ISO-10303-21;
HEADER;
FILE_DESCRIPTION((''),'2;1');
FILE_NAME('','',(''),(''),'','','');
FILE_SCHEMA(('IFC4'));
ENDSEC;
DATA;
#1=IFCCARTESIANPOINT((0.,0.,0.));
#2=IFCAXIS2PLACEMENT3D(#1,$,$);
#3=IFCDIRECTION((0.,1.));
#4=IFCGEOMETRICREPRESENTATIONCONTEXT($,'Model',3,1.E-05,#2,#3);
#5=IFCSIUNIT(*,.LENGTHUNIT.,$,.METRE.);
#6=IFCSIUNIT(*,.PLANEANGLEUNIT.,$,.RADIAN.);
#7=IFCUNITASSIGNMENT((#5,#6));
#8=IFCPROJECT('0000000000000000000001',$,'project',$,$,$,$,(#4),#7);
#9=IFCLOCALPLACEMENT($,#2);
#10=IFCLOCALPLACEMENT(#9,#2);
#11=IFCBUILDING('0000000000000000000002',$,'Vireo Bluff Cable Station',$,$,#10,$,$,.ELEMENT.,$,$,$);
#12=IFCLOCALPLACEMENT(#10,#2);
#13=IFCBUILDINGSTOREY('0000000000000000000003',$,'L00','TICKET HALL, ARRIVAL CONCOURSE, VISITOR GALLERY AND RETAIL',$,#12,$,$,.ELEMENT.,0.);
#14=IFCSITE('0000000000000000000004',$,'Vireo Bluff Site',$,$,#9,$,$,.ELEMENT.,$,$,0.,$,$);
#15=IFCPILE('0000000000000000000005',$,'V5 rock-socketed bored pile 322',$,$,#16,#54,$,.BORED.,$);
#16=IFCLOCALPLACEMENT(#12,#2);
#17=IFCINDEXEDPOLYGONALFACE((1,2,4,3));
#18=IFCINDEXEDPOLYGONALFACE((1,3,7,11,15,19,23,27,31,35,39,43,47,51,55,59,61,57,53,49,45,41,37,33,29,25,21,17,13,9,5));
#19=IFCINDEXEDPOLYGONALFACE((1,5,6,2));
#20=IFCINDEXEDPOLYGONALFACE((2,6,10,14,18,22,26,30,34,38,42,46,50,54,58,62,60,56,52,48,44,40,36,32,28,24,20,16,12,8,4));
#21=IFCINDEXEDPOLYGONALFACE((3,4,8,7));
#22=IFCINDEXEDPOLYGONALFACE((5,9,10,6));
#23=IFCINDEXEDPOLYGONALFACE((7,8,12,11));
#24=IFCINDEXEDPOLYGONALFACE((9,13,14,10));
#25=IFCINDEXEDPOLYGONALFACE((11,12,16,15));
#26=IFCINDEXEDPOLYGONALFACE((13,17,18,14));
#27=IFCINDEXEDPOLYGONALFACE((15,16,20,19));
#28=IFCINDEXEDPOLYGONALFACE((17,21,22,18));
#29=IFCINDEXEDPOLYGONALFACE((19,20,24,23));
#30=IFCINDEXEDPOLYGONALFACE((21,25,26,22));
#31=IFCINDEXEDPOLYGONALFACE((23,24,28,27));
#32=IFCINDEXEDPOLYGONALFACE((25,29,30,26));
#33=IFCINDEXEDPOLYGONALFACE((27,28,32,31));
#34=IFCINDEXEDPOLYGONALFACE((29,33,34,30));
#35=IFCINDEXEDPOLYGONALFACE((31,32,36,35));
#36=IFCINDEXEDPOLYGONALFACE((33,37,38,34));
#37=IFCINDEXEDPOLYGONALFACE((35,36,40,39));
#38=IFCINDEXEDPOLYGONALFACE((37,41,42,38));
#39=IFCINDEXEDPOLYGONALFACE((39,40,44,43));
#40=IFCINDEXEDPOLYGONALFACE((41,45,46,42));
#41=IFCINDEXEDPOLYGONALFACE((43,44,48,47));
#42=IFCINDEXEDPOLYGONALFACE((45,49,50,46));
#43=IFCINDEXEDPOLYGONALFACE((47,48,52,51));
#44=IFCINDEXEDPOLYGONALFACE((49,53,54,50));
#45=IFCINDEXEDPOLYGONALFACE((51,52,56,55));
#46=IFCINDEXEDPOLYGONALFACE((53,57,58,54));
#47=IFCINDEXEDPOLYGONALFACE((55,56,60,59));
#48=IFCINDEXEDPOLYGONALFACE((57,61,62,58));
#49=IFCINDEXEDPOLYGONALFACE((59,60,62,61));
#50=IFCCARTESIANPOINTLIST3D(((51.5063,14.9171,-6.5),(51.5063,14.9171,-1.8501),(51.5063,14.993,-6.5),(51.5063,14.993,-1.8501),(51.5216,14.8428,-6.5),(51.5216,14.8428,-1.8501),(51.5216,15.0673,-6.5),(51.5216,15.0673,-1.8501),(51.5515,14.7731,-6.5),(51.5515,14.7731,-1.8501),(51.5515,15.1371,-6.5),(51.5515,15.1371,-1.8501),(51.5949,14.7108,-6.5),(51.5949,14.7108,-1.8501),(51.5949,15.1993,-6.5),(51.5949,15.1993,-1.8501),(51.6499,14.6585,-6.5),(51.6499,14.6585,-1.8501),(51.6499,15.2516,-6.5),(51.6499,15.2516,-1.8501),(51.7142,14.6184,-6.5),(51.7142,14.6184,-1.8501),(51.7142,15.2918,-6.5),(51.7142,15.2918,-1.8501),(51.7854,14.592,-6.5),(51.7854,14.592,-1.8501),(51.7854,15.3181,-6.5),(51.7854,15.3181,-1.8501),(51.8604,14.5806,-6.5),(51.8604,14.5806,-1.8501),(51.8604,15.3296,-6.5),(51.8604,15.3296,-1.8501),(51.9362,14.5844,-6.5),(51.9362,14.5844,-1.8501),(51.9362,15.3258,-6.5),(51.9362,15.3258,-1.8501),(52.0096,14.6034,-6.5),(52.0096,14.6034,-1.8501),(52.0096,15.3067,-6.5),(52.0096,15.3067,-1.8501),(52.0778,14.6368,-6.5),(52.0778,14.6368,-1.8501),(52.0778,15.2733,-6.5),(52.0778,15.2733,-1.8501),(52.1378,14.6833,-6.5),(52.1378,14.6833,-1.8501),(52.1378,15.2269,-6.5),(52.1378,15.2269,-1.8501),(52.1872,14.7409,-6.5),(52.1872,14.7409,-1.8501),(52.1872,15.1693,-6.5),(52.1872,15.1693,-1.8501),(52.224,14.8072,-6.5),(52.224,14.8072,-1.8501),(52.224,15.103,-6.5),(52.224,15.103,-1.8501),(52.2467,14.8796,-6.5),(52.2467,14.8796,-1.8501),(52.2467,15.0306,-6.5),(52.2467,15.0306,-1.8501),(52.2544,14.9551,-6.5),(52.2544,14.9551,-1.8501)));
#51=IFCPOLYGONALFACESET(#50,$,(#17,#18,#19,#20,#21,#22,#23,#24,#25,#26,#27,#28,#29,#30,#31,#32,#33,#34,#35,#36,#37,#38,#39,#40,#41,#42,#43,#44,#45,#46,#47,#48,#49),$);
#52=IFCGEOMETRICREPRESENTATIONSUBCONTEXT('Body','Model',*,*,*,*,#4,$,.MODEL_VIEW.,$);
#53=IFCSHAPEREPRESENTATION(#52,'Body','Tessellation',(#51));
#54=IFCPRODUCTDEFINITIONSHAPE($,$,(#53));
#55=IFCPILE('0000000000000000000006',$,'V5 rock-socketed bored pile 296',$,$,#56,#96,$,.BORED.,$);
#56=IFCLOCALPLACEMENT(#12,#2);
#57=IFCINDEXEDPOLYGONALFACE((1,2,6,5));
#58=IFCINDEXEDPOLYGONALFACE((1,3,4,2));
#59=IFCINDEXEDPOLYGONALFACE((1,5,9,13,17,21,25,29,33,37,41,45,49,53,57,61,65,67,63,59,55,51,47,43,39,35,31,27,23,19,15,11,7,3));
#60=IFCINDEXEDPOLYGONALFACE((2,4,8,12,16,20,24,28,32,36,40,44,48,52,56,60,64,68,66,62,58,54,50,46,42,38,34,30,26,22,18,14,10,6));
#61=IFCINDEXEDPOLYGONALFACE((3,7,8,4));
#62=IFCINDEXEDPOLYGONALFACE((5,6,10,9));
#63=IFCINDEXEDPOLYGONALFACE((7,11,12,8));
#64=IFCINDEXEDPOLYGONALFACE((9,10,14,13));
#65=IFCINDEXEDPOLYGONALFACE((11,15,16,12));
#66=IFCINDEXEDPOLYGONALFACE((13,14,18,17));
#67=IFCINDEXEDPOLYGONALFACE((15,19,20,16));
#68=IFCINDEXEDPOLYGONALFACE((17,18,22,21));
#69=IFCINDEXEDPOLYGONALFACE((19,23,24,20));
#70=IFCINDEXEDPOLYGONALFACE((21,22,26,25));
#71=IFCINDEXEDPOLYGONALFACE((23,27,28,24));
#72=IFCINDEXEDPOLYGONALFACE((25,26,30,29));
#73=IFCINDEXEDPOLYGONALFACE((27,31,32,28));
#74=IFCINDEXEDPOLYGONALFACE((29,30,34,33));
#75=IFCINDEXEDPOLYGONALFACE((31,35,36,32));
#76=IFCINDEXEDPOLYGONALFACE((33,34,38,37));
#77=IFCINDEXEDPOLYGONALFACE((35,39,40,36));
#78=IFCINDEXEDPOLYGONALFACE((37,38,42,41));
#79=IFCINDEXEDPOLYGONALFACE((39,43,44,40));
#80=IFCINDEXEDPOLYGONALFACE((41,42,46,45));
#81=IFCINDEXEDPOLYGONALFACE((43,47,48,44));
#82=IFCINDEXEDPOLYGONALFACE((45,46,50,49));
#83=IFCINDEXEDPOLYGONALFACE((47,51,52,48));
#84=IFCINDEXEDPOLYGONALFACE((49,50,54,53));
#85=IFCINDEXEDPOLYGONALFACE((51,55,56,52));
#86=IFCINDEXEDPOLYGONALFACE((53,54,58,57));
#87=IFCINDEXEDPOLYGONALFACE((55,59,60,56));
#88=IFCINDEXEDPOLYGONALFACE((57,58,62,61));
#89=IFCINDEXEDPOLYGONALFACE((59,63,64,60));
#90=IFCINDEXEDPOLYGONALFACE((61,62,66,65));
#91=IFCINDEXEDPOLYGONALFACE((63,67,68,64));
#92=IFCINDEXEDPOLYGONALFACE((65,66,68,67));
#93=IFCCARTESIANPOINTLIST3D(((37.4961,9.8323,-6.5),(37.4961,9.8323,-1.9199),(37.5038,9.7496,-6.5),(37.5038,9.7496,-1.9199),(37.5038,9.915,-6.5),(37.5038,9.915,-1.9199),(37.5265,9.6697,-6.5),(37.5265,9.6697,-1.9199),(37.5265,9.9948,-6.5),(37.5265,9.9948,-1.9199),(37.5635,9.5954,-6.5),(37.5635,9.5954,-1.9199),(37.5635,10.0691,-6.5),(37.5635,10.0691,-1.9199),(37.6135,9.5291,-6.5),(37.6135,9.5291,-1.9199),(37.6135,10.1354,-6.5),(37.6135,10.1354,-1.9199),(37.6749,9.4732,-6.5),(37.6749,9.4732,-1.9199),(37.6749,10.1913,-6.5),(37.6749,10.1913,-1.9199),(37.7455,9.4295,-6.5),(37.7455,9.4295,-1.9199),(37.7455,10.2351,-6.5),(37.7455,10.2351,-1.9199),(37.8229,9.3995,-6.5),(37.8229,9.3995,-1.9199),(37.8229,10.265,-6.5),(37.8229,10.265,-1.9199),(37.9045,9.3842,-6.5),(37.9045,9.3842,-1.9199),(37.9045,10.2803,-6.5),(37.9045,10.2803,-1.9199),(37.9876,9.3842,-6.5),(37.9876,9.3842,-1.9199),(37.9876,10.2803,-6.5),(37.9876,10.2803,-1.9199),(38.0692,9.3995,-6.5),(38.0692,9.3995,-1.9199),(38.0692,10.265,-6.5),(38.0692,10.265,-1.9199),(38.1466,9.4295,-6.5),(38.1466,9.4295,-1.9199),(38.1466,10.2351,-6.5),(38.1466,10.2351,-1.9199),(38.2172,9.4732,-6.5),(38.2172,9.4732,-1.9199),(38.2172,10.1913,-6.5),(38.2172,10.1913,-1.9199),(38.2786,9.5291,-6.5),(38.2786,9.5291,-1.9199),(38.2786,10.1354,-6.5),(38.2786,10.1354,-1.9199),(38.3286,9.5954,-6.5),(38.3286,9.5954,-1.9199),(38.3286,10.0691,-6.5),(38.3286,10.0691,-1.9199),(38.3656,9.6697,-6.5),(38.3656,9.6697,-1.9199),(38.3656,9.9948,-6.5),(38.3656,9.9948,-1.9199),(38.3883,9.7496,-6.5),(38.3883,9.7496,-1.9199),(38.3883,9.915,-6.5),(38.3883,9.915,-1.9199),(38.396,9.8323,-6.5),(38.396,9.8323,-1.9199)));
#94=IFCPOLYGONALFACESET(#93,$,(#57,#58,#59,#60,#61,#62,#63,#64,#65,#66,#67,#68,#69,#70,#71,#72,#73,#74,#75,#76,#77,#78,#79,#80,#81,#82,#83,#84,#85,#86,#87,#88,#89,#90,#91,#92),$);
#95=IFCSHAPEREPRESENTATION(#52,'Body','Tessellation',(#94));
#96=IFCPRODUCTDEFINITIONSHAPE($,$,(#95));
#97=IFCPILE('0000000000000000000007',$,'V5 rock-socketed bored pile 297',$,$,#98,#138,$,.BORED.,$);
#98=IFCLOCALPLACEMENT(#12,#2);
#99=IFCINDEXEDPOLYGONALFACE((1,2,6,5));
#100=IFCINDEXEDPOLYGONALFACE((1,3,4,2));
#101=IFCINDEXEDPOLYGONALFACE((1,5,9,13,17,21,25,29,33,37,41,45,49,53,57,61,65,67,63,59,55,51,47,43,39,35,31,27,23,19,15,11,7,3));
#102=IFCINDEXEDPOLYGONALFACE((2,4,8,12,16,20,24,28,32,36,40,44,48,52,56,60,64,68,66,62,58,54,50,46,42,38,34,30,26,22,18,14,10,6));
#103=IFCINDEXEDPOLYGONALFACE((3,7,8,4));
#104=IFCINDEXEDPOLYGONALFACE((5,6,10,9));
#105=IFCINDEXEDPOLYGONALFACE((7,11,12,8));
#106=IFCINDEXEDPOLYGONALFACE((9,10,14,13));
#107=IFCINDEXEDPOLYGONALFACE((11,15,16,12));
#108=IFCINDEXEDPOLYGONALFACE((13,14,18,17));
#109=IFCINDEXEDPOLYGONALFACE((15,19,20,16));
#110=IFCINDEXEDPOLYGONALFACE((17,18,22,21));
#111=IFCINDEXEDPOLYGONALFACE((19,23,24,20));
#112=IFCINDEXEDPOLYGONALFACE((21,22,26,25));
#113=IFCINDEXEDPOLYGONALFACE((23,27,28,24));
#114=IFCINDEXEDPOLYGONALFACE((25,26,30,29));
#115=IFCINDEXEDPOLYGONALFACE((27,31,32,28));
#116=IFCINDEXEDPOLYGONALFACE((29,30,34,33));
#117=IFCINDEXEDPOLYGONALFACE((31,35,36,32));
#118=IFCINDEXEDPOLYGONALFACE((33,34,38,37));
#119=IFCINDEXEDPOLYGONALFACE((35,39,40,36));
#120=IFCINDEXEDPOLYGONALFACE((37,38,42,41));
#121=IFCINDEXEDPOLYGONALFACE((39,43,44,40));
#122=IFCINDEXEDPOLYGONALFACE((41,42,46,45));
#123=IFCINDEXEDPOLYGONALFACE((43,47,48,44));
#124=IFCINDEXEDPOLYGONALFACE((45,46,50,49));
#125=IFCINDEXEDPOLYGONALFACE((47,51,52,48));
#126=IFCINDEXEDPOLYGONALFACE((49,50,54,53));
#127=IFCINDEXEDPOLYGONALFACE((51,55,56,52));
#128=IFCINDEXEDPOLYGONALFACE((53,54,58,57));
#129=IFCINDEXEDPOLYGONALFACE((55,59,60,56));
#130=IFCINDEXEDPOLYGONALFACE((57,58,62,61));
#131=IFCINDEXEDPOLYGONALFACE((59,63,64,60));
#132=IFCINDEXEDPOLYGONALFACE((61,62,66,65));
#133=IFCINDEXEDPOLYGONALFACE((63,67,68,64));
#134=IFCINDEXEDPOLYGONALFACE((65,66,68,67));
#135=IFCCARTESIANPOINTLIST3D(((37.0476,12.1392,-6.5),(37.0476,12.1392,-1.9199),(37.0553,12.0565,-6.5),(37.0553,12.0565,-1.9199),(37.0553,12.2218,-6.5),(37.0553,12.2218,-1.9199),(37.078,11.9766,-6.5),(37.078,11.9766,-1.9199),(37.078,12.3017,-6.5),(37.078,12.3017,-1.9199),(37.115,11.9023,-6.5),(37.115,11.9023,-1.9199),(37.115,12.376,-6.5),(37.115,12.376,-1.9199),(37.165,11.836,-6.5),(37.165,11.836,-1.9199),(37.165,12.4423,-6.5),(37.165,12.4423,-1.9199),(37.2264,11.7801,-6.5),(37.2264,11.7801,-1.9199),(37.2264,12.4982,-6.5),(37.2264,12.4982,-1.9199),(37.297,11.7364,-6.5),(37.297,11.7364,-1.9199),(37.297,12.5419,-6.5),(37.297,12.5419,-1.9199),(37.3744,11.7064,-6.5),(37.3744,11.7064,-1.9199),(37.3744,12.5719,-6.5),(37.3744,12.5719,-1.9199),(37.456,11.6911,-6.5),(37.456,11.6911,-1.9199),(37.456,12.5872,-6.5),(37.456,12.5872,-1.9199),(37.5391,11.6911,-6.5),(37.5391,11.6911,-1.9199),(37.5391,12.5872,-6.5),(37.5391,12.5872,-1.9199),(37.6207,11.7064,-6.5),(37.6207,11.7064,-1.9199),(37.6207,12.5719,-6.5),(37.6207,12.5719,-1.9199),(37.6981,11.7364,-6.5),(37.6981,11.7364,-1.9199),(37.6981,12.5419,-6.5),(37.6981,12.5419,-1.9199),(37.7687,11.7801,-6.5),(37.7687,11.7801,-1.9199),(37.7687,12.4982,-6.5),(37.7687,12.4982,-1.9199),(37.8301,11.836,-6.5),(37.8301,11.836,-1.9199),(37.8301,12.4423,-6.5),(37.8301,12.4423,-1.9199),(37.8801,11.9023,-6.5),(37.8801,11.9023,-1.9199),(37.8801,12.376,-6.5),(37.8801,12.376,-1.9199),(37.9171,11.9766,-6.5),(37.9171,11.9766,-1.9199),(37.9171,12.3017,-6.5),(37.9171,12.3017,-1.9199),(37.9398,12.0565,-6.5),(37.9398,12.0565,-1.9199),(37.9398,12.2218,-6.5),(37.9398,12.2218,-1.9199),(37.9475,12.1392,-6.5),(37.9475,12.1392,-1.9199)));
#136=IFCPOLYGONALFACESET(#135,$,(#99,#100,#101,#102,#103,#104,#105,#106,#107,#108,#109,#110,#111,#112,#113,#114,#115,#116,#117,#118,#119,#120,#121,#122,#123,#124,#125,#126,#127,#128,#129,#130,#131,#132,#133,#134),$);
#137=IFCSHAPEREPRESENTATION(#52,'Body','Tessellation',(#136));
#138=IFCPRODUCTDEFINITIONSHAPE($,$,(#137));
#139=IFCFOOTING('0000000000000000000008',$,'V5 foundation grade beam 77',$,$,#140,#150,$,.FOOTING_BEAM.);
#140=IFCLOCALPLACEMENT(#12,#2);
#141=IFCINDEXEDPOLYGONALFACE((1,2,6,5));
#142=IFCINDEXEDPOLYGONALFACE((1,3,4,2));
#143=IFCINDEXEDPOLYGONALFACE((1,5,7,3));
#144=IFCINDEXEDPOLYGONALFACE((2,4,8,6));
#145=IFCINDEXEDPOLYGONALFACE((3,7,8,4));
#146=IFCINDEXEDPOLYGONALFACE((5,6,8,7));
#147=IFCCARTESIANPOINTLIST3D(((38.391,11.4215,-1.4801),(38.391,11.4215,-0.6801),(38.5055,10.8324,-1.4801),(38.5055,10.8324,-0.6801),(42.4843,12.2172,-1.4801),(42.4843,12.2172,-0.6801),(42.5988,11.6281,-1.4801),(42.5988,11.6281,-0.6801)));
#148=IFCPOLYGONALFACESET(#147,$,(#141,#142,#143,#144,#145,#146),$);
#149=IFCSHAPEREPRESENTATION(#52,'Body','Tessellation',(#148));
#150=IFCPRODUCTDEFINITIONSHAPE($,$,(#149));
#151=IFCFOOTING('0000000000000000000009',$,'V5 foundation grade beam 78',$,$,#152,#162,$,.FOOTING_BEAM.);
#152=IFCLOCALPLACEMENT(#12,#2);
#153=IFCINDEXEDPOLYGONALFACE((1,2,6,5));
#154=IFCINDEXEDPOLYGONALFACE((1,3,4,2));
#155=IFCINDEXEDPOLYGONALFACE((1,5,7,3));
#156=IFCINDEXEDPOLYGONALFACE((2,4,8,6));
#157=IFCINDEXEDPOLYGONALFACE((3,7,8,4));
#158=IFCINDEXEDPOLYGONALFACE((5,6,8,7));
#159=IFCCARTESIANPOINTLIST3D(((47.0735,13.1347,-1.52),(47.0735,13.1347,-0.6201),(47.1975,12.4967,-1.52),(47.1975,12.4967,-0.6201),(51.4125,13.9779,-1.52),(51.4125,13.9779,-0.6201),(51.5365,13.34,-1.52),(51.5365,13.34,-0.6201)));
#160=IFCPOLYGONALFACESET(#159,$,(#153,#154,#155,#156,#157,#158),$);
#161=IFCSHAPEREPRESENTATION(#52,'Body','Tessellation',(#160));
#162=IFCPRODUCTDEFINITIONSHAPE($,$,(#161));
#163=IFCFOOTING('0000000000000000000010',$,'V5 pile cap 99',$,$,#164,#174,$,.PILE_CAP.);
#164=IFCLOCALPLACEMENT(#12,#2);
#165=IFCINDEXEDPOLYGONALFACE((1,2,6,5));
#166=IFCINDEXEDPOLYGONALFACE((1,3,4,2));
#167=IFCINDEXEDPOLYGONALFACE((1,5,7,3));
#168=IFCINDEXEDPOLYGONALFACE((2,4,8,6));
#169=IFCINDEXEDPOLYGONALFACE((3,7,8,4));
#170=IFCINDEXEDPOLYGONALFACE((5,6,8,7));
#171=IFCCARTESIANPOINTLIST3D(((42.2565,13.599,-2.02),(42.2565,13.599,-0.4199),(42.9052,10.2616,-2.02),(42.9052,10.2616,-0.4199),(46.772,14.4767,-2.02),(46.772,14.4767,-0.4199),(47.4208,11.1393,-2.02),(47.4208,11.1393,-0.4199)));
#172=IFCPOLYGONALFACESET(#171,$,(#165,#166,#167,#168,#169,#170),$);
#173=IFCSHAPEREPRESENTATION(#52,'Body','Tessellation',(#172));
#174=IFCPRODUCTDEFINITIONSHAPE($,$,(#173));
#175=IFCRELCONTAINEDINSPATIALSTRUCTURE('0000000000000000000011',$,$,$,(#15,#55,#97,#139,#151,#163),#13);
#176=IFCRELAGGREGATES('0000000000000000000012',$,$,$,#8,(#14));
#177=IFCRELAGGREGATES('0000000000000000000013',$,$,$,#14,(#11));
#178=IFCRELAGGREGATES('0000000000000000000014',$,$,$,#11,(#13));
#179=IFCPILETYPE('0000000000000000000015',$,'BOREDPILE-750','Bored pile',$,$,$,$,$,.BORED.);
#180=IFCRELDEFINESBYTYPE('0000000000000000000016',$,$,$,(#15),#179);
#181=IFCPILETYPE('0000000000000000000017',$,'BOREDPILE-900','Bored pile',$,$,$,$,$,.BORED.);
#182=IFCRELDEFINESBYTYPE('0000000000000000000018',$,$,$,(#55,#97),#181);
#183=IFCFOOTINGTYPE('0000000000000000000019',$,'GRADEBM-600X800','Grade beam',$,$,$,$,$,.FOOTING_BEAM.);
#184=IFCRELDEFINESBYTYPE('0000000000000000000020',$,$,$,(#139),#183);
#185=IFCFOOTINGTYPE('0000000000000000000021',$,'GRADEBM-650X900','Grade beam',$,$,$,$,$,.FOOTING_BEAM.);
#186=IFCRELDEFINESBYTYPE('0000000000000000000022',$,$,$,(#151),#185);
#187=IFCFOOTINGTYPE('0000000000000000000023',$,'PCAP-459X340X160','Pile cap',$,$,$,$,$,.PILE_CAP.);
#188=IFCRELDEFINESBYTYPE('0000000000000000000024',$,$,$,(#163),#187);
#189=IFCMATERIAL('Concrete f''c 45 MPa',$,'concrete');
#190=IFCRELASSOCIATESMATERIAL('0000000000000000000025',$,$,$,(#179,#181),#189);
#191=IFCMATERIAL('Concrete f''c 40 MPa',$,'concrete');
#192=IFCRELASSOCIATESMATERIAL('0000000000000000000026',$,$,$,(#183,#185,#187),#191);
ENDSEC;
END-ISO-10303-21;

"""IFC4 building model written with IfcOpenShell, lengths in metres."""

from ifc_helpers import new_model, si_unit, direction, frame, origin, origin_2d, place, context, subcontext, project, spatial, rectangle, circle, extrude, material, material_profile, profile_set, type_object, element, save


model = new_model("IFC4")

# Units and contexts
model_context = context("Model", 3, precision=1e-05, world=origin(), true_north=direction((0.0, 1.0)))
body_context = subcontext(model_context, "Body", "Model", "MODEL_VIEW")
ifc_project = project(units=[si_unit("LENGTHUNIT", "METRE"), si_unit("PLANEANGLEUNIT", "RADIAN")], contexts=[model_context])

# Site, building, storey
site_placement = place(None, origin())
site = spatial("IfcSite", under=ifc_project, at=site_placement, Name="Vireo Bluff Site", CompositionType="ELEMENT", RefElevation=0.0)
building_placement = place(site_placement, origin())
building = spatial("IfcBuilding", under=site, at=building_placement, Name="Vireo Bluff Cable Station", CompositionType="ELEMENT")
storey_placement = place(building_placement, origin())
storey = spatial("IfcBuildingStorey", under=building, at=storey_placement, Name="L00", Description="TICKET HALL, ARRIVAL CONCOURSE, VISITOR GALLERY AND RETAIL", CompositionType="ELEMENT", Elevation=0.0)

# Piles
ifc_material_1 = material(Name="Concrete f'c 45 MPa", Category="concrete")
ifc_material_profile_1 = material_profile(ifc_material_1, circle(Radius=0.375, at=origin_2d()), Name="BOREDPILE-750")
ifc_profile_set_1 = profile_set([ifc_material_profile_1], Name="Concrete f'c 45 MPa")
pile_type_1 = type_object("IfcPileType", Name="BOREDPILE-750", Description="Bored pile", PredefinedType="BORED", material=ifc_profile_set_1)
for number, where, z_axis, x_axis, name in (
    (1, (51.8794, 14.9551, -1.8501), (0.0, 0.0, -1.0), (1.0, 0.0, 0.0), "V5 rock-socketed bored pile 322"),
):
    element("IfcPile", number, at=place(storey_placement, frame(where, z_axis=z_axis, x_axis=x_axis)), inside=storey, type_object=pile_type_1, Name=name, PredefinedType="BORED", context=body_context, shape_type="SweptSolid", body=[
        extrude(circle(Radius=0.375, at=origin_2d()), origin(), (0.0, 0.0, 1.0), 4.6499),
    ])
ifc_material_profile_2 = material_profile(ifc_material_1, circle(Radius=0.45, at=origin_2d()), Name="BOREDPILE-900")
ifc_profile_set_2 = profile_set([ifc_material_profile_2], Name="Concrete f'c 45 MPa")
pile_type_2 = type_object("IfcPileType", Name="BOREDPILE-900", Description="Bored pile", PredefinedType="BORED", material=ifc_profile_set_2)
for number, where, z_axis, x_axis, name in (
    (2, (37.946, 9.8323, -1.9199), (0.0, 0.0, -1.0), (1.0, 0.0, 0.0), "V5 rock-socketed bored pile 296"),
    (3, (37.4976, 12.1392, -1.9199), (0.0, 0.0, -1.0), (1.0, 0.0, 0.0), "V5 rock-socketed bored pile 297"),
):
    element("IfcPile", number, at=place(storey_placement, frame(where, z_axis=z_axis, x_axis=x_axis)), inside=storey, type_object=pile_type_2, Name=name, PredefinedType="BORED", context=body_context, shape_type="SweptSolid", body=[
        extrude(circle(Radius=0.45, at=origin_2d()), origin(), (0.0, 0.0, 1.0), 4.5801),
    ])

# Footings
ifc_material_2 = material(Name="Concrete f'c 40 MPa", Category="concrete")
ifc_material_profile_3 = material_profile(ifc_material_2, rectangle(XDim=0.6001, YDim=0.8, at=origin_2d()), Name="GRADEBM-600X800")
ifc_profile_set_3 = profile_set([ifc_material_profile_3], Name="Concrete f'c 40 MPa")
footing_type_1 = type_object("IfcFootingType", Name="GRADEBM-600X800", Description="Grade beam", PredefinedType="FOOTING_BEAM", material=ifc_profile_set_3)
footing_1_placement = place(storey_placement, frame((38.4482, 11.127, -1.0801), z_axis=(0.981627, 0.19081, 0.0), x_axis=(-0.19081, 0.981627, 0.0)))
element("IfcFooting", 4, at=footing_1_placement, inside=storey, type_object=footing_type_1, Name="V5 foundation grade beam 77", PredefinedType="FOOTING_BEAM", context=body_context, shape_type="SweptSolid", body=[
    extrude(rectangle(XDim=0.6001, YDim=0.8, at=origin_2d()), origin(), (0.0, 0.0, 1.0), 4.1699),
])
ifc_material_profile_4 = material_profile(ifc_material_2, rectangle(XDim=0.6499, YDim=0.8999, at=origin_2d()), Name="GRADEBM-650X900")
ifc_profile_set_4 = profile_set([ifc_material_profile_4], Name="Concrete f'c 40 MPa")
footing_type_2 = type_object("IfcFootingType", Name="GRADEBM-650X900", Description="Grade beam", PredefinedType="FOOTING_BEAM", material=ifc_profile_set_4)
footing_2_placement = place(storey_placement, frame((47.1355, 12.8157, -1.0701), z_axis=(0.981633, 0.190781, 0.0), x_axis=(-0.190781, 0.981633, 0.0)))
element("IfcFooting", 5, at=footing_2_placement, inside=storey, type_object=footing_type_2, Name="V5 foundation grade beam 78", PredefinedType="FOOTING_BEAM", context=body_context, shape_type="SweptSolid", body=[
    extrude(rectangle(XDim=0.6499, YDim=0.8999, at=origin_2d()), origin(), (0.0, 0.0, 1.0), 4.4202),
])
footing_type_3 = type_object("IfcFootingType", Name="PCAP-459X340X160", Description="Pile cap", PredefinedType="PILE_CAP", material=ifc_material_2)
footing_3_placement = place(storey_placement, frame((44.8386, 12.3691, -2.02), z_axis=(0.0, 0.0, 1.0), x_axis=(0.981627, 0.190809, 0.0)))
element("IfcFooting", 6, at=footing_3_placement, inside=storey, type_object=footing_type_3, Name="V5 pile cap 99", PredefinedType="PILE_CAP", context=body_context, shape_type="SweptSolid", body=[
    extrude(rectangle(XDim=4.6001, YDim=3.3999, at=origin_2d()), origin(), (0.0, 0.0, 1.0), 1.6001),
])

save(model, "model.ifc")
